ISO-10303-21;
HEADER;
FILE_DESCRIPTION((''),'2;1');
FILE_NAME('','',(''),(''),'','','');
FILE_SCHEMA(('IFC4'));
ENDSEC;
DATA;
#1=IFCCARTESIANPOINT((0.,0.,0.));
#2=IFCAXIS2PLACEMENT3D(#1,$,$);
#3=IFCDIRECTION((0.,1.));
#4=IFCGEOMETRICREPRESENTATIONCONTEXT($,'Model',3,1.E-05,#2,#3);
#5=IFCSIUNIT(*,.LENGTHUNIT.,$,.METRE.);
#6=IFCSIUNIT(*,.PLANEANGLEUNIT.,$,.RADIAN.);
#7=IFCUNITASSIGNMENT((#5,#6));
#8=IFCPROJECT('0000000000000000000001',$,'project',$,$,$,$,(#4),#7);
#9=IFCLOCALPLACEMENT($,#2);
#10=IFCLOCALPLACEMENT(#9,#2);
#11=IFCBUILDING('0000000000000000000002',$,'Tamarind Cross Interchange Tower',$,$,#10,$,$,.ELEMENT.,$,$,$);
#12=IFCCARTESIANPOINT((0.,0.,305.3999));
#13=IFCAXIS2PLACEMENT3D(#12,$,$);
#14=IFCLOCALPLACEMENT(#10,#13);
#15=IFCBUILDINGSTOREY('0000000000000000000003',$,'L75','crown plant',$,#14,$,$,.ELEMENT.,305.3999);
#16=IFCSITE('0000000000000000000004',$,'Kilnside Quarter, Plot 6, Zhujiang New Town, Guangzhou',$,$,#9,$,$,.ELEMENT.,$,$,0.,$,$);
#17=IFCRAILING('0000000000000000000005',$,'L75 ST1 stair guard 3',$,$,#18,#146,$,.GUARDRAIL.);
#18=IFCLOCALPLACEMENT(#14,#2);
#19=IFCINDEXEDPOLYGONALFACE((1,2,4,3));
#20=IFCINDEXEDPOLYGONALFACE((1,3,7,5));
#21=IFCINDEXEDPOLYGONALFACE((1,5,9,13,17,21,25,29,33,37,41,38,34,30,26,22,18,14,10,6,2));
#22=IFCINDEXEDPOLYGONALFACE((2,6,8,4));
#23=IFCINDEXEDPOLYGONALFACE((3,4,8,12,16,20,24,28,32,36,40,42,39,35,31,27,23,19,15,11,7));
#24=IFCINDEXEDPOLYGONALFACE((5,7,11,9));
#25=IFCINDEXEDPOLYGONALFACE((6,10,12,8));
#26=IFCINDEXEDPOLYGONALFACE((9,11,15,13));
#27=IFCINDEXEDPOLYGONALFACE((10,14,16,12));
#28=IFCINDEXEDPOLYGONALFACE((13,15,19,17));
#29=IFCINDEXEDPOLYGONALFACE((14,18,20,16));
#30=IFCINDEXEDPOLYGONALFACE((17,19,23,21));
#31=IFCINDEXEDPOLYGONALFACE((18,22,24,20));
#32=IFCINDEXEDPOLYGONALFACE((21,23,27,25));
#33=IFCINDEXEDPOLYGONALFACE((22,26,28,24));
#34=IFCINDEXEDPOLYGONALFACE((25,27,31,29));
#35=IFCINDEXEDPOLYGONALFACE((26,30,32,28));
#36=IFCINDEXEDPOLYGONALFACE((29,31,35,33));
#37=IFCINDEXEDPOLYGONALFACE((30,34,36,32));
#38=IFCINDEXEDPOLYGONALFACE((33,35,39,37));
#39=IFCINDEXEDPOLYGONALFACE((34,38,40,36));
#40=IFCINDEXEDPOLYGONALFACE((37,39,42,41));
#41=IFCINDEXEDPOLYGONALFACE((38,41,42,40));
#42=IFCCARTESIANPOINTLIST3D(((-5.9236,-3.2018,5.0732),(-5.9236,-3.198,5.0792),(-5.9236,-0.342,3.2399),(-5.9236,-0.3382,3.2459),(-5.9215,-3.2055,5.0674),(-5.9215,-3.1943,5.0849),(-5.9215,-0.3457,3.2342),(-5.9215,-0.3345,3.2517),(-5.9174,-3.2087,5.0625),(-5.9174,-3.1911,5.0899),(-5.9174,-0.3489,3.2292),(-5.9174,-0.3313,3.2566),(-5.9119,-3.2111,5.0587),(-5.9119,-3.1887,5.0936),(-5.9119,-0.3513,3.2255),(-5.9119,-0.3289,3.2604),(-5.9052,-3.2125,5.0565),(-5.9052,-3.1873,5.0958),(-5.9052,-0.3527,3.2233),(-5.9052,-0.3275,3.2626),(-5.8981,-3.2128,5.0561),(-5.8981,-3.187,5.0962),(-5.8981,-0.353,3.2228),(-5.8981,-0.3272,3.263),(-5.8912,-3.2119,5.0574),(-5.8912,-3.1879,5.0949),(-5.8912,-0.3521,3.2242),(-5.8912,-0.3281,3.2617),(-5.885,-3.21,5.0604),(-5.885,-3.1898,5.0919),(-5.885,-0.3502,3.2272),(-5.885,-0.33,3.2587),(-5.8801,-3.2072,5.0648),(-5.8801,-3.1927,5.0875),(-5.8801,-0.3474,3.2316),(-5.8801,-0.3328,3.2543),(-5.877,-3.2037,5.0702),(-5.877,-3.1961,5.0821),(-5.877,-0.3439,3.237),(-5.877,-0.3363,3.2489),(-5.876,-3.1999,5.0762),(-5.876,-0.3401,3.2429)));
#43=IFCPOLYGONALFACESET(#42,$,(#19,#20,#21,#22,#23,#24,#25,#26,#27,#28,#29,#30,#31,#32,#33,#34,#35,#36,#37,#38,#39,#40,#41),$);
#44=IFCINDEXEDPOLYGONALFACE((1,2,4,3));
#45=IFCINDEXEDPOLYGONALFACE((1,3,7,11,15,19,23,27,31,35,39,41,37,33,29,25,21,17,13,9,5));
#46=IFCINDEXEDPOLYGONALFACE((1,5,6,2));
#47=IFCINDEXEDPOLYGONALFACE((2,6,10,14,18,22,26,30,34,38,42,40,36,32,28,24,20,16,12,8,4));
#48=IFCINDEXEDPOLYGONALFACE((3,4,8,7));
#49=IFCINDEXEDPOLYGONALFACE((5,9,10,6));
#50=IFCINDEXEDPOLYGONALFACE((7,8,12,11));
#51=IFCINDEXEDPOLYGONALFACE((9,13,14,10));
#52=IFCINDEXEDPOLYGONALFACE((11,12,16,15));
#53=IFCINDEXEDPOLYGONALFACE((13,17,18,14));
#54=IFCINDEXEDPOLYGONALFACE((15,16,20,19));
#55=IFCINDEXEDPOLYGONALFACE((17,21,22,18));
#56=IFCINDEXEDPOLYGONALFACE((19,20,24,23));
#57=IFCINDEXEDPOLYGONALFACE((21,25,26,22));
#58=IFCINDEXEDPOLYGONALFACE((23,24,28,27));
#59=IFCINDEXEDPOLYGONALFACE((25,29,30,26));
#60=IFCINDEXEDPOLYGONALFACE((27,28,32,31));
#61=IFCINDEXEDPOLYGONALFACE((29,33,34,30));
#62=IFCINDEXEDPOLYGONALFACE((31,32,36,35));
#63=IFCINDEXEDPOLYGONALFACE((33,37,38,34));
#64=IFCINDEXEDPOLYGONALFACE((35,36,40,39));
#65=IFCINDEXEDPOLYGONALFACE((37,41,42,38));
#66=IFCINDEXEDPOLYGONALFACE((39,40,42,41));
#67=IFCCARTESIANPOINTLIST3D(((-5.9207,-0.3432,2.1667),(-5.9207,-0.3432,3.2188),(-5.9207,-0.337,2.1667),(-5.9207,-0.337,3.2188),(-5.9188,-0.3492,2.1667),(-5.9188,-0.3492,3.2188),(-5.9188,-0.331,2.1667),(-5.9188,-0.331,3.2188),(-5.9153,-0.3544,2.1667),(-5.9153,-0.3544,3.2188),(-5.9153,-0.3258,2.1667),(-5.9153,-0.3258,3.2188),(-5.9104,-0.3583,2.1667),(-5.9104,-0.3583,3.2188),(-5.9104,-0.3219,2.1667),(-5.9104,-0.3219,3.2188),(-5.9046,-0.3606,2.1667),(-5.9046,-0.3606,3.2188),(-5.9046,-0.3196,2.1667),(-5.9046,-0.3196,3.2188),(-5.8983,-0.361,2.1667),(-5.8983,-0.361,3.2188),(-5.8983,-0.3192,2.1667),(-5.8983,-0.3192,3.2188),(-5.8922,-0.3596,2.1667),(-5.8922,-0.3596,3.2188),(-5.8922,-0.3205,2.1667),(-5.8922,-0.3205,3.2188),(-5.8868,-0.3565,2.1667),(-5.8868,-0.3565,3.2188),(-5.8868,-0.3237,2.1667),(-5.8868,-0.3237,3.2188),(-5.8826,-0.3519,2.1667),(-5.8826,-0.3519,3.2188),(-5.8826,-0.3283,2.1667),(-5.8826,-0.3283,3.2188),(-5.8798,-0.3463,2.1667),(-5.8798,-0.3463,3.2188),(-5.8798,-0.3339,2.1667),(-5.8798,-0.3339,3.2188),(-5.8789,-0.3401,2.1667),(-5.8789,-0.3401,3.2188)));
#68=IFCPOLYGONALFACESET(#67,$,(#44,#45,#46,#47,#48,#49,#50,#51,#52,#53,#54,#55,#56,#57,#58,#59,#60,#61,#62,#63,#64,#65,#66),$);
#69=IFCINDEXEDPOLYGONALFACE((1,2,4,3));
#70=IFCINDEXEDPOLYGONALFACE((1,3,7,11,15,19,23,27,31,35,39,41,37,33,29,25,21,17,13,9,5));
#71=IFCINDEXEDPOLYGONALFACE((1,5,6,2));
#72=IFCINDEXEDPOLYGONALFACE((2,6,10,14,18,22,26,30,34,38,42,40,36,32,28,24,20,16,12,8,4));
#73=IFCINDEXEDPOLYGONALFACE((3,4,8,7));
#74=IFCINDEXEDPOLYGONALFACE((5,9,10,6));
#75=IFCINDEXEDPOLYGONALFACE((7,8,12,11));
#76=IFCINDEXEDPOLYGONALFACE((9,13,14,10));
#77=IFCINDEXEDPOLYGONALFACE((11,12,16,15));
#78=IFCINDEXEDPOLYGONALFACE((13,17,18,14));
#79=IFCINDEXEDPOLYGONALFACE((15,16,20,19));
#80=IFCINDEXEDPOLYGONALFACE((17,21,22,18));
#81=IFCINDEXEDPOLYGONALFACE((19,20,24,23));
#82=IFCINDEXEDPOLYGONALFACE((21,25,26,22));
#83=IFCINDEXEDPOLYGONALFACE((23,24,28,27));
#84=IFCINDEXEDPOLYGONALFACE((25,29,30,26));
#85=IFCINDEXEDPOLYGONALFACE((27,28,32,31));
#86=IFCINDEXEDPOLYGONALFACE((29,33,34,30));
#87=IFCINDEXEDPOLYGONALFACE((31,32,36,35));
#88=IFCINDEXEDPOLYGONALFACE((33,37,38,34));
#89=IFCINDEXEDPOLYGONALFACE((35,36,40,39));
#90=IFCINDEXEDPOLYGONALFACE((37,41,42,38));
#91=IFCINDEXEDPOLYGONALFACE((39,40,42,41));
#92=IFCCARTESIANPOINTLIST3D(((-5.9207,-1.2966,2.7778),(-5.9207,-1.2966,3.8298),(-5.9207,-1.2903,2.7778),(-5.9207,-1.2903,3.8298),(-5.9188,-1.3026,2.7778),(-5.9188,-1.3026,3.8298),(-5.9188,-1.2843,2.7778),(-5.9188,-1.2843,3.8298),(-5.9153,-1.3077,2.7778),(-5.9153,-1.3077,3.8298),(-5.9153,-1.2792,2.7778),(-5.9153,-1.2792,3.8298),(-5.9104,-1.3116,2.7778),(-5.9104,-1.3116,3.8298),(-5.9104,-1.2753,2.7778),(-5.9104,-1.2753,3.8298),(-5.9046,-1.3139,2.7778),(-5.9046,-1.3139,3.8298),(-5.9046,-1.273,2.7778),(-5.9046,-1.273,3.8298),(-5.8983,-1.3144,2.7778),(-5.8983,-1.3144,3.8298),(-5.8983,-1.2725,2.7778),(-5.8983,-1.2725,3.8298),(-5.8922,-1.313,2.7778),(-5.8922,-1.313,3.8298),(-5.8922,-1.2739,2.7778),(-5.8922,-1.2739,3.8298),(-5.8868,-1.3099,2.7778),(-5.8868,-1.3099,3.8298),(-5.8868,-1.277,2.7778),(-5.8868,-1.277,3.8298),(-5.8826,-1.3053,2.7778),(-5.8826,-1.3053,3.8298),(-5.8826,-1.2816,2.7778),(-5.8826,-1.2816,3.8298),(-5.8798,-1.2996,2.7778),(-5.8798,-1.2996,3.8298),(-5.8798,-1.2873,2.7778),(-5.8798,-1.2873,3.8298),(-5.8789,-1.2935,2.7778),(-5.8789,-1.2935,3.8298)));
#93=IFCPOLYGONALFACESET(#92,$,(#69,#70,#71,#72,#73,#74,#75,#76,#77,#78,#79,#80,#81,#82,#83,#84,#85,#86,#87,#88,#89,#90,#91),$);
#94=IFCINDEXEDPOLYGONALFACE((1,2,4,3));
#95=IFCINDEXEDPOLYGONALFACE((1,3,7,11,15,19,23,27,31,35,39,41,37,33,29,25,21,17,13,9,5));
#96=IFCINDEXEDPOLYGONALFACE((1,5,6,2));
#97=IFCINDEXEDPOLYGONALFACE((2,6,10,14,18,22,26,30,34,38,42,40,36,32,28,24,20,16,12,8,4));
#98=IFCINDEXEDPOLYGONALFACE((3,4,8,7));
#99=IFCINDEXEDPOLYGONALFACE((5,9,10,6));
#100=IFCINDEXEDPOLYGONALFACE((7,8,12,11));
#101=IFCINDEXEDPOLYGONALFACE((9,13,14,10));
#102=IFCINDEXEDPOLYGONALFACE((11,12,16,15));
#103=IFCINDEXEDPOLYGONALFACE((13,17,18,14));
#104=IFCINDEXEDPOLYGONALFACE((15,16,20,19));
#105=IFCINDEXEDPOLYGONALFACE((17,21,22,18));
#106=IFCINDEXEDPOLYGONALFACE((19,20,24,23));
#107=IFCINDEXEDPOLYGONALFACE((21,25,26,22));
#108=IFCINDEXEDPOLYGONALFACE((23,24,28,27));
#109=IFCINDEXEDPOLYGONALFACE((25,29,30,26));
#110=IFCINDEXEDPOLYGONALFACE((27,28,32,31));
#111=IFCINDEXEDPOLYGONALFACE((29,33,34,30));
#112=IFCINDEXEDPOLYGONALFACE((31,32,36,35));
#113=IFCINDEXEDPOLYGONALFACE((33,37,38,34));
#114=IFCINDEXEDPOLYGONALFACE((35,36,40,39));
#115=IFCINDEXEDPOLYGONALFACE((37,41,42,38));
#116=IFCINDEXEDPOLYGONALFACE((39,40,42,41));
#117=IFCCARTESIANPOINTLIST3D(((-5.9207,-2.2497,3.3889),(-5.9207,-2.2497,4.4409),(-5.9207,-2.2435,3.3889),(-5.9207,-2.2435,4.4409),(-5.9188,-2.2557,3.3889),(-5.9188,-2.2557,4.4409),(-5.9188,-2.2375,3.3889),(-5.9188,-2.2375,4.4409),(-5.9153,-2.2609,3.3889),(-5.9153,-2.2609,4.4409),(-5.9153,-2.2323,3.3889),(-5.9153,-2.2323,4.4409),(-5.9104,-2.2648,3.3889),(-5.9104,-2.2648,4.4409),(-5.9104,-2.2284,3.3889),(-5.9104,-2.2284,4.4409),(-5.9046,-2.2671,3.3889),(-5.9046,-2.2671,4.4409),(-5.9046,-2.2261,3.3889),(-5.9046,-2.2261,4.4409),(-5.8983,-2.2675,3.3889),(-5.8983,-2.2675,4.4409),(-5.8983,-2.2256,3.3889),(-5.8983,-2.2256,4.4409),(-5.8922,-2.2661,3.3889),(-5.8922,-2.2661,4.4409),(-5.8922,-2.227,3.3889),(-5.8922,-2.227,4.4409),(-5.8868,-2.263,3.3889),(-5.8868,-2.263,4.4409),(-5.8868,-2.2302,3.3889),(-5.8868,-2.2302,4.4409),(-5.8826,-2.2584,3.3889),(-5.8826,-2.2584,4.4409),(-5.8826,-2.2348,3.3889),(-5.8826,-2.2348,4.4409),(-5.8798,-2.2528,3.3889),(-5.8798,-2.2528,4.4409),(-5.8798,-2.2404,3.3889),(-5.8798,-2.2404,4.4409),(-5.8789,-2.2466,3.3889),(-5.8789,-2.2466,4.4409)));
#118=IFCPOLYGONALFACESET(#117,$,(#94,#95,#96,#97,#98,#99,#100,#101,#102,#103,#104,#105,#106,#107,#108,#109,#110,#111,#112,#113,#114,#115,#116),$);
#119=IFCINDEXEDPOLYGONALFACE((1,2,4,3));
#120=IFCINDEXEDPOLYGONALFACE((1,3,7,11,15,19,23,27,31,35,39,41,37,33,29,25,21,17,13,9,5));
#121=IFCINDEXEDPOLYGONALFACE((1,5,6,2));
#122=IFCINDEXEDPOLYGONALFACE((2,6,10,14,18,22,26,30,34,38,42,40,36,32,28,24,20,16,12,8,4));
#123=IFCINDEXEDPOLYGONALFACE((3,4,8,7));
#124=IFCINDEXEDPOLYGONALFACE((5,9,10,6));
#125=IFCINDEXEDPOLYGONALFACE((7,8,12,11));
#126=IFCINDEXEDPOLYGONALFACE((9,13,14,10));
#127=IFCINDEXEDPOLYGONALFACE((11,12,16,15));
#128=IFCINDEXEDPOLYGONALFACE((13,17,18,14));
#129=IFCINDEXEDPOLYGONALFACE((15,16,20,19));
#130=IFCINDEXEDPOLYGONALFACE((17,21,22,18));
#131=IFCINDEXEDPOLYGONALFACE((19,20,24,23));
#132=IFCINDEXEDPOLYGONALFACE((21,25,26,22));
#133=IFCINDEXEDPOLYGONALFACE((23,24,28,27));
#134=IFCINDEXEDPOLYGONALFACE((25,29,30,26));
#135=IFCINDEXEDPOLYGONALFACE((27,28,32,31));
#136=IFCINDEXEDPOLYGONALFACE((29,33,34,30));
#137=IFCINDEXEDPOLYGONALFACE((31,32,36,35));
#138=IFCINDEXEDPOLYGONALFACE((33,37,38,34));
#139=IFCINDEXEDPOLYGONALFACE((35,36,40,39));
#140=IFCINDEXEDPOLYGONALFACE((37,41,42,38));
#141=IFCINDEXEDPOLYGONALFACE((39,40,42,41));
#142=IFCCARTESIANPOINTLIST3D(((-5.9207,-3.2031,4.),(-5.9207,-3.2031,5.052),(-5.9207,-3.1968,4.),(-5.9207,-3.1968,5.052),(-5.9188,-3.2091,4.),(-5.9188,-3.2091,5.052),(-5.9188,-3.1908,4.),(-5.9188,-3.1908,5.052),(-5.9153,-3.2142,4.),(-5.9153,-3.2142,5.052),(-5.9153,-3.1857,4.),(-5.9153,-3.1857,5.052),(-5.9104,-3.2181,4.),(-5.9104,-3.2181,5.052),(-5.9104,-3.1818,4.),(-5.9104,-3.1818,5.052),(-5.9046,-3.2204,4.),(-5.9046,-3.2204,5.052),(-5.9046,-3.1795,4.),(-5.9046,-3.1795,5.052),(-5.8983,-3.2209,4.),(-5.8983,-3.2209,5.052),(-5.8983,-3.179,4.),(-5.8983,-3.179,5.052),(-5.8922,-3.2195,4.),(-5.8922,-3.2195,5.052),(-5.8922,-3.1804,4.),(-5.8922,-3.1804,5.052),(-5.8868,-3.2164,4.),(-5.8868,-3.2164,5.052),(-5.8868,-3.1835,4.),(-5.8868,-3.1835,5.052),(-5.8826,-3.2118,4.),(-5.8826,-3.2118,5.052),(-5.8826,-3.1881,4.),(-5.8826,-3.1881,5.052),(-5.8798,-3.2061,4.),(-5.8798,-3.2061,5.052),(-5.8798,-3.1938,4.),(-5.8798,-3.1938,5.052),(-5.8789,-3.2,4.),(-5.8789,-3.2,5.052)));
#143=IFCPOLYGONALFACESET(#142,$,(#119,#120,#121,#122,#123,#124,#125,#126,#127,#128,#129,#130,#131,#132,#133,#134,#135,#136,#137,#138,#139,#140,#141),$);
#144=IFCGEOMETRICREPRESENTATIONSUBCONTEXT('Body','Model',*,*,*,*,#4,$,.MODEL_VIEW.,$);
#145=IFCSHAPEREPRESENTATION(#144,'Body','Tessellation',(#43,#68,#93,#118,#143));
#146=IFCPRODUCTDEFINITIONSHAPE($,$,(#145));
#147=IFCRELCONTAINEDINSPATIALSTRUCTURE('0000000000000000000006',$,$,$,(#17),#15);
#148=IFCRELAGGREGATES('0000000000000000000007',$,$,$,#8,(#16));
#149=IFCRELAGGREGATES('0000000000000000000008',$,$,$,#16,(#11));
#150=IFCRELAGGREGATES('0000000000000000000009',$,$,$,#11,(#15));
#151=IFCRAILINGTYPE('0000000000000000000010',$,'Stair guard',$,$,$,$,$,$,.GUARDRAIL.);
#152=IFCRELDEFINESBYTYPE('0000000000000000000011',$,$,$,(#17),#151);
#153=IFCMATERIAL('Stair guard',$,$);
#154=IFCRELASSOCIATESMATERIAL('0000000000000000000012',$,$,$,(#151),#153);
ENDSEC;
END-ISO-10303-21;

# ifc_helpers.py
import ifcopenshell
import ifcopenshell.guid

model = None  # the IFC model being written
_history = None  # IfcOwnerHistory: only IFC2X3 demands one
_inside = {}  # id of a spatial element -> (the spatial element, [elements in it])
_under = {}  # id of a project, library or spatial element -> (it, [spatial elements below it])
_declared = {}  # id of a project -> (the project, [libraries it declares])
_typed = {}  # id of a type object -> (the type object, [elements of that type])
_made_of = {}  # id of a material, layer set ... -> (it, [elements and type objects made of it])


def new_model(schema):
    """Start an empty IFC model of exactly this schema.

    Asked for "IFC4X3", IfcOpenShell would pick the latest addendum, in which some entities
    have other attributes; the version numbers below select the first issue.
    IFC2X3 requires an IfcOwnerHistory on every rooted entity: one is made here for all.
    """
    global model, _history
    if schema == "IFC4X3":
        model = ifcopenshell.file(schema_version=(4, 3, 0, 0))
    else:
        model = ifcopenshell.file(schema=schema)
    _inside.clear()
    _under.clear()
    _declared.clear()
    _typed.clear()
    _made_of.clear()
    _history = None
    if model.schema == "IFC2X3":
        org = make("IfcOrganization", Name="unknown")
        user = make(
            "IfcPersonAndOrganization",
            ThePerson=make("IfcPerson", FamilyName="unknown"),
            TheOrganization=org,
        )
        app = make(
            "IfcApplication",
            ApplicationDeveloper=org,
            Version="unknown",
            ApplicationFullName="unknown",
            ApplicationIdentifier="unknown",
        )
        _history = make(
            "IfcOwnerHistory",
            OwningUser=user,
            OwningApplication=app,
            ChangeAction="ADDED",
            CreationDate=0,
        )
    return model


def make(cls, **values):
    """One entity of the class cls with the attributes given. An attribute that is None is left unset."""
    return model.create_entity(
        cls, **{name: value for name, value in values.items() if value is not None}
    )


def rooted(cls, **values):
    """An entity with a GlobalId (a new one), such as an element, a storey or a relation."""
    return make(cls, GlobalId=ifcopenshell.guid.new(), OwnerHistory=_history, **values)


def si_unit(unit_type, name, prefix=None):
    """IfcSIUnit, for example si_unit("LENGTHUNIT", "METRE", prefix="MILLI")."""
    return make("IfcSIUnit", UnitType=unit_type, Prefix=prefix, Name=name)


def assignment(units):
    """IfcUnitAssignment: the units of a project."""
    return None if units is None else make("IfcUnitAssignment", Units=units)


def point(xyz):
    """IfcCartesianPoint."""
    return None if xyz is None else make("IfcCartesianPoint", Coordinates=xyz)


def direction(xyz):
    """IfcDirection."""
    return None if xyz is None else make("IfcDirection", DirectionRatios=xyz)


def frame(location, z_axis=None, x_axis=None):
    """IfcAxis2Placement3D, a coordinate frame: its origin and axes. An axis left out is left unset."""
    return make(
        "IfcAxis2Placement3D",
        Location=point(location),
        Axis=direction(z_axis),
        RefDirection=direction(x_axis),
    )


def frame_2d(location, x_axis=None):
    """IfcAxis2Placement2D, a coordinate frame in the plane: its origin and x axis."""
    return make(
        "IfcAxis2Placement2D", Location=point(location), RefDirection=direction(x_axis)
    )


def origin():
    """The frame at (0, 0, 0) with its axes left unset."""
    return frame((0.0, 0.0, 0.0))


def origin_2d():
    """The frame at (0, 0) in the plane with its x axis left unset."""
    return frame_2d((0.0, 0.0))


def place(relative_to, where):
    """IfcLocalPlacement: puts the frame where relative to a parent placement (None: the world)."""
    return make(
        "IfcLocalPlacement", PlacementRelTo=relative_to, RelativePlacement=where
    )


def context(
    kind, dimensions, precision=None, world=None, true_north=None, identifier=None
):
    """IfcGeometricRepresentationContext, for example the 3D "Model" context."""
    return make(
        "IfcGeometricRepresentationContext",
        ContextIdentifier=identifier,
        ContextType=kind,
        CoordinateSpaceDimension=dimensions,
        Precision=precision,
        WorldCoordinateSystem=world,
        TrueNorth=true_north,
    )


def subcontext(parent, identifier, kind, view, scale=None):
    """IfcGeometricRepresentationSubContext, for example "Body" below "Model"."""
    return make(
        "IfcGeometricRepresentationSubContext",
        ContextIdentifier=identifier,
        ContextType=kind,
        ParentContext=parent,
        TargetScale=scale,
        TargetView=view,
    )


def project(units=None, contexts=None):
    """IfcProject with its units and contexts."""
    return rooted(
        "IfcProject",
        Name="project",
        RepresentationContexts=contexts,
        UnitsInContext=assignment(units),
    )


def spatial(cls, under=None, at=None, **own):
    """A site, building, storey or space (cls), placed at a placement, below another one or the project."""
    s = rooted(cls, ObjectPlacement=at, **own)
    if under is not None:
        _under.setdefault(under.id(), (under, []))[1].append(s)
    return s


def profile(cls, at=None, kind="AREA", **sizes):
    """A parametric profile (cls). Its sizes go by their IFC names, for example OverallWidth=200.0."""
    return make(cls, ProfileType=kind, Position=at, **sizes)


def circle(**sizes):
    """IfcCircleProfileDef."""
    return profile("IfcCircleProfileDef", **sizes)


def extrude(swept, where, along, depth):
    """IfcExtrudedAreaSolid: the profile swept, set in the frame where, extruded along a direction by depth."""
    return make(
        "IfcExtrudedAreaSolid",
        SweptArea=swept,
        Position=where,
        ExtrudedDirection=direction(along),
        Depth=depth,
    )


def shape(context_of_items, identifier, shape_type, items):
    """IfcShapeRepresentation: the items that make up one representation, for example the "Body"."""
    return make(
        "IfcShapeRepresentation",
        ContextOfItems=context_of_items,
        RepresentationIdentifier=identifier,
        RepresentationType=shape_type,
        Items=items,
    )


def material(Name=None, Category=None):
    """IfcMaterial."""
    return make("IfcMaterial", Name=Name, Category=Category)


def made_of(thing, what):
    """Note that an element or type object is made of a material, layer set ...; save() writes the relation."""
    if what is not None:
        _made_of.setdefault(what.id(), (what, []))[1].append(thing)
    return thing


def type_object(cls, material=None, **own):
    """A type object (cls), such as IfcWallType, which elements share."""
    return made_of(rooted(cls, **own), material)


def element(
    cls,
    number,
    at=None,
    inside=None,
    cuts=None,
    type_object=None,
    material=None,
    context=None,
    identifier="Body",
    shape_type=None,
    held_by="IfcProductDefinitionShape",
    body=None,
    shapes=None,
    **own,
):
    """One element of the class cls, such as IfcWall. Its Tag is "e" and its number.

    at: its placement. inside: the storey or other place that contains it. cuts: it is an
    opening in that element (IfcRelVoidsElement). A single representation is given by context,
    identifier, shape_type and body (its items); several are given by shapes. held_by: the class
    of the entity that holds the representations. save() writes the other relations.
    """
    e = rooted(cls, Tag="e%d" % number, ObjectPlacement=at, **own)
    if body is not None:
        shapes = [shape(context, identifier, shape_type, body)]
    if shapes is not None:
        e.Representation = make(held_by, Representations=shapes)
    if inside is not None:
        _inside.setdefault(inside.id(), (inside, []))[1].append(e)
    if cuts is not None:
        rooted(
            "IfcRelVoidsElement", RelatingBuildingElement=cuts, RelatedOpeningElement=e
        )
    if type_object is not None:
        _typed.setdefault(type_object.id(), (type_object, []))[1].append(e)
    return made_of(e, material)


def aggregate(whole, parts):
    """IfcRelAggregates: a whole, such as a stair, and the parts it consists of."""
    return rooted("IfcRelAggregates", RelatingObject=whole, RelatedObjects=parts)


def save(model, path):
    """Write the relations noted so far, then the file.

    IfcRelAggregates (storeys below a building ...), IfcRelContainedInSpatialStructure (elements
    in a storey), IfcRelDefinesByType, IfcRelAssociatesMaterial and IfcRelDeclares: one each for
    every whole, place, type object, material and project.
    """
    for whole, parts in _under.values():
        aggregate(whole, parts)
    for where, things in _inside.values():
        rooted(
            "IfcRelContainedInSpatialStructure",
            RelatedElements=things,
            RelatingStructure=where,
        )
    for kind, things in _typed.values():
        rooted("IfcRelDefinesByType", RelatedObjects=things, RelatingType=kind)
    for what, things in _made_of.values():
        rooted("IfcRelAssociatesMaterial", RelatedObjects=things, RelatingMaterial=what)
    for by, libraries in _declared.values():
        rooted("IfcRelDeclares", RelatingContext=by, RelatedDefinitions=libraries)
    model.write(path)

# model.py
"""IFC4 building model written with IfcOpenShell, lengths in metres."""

from ifc_helpers import new_model, si_unit, direction, frame, origin, origin_2d, place, context, subcontext, project, spatial, circle, extrude, material, type_object, element, save


model = new_model("IFC4")

# Units and contexts
model_context = context("Model", 3, precision=1e-05, world=origin(), true_north=direction((0.0, 1.0)))
body_context = subcontext(model_context, "Body", "Model", "MODEL_VIEW")
ifc_project = project(units=[si_unit("LENGTHUNIT", "METRE"), si_unit("PLANEANGLEUNIT", "RADIAN")], contexts=[model_context])

# Site, building, storey
site_placement = place(None, origin())
site = spatial("IfcSite", under=ifc_project, at=site_placement, Name="Kilnside Quarter, Plot 6, Zhujiang New Town, Guangzhou", CompositionType="ELEMENT", RefElevation=0.0)
building_placement = place(site_placement, origin())
building = spatial("IfcBuilding", under=site, at=building_placement, Name="Tamarind Cross Interchange Tower", CompositionType="ELEMENT")
storey_placement = place(building_placement, frame((0.0, 0.0, 305.3999)))
storey = spatial("IfcBuildingStorey", under=building, at=storey_placement, Name="L75", Description="crown plant", CompositionType="ELEMENT", Elevation=305.3999)

# Railing
ifc_material_1 = material(Name="Stair guard")
railing_type_1 = type_object("IfcRailingType", Name="Stair guard", PredefinedType="GUARDRAIL", material=ifc_material_1)
railing_1_placement = place(storey_placement, frame((-5.8999, -0.3401, 2.1667)))
element("IfcRailing", 1, at=railing_1_placement, inside=storey, type_object=railing_type_1, Name="L75 ST1 stair guard 3", PredefinedType="GUARDRAIL", context=body_context, shape_type="SweptSolid", body=[
    extrude(circle(Radius=0.0239, at=origin_2d()), frame((0.0, 0.0, 1.0762), z_axis=(0.0, -0.841878, 0.539667), x_axis=(1.0, 0.0, 0.0)), (0.0, 0.0, 1.0), 3.397),
    extrude(circle(Radius=0.021, at=origin_2d()), origin(), (0.0, 0.0, 1.0), 1.052),
    extrude(circle(Radius=0.021, at=origin_2d()), frame((0.0, -0.9534, 0.6111)), (0.0, 0.0, 1.0), 1.052),
    extrude(circle(Radius=0.021, at=origin_2d()), frame((0.0, -1.9065, 1.2222)), (0.0, 0.0, 1.0), 1.052),
    extrude(circle(Radius=0.021, at=origin_2d()), frame((0.0, -2.8599, 1.8333)), (0.0, 0.0, 1.0), 1.052),
])

save(model, "model.ifc")
